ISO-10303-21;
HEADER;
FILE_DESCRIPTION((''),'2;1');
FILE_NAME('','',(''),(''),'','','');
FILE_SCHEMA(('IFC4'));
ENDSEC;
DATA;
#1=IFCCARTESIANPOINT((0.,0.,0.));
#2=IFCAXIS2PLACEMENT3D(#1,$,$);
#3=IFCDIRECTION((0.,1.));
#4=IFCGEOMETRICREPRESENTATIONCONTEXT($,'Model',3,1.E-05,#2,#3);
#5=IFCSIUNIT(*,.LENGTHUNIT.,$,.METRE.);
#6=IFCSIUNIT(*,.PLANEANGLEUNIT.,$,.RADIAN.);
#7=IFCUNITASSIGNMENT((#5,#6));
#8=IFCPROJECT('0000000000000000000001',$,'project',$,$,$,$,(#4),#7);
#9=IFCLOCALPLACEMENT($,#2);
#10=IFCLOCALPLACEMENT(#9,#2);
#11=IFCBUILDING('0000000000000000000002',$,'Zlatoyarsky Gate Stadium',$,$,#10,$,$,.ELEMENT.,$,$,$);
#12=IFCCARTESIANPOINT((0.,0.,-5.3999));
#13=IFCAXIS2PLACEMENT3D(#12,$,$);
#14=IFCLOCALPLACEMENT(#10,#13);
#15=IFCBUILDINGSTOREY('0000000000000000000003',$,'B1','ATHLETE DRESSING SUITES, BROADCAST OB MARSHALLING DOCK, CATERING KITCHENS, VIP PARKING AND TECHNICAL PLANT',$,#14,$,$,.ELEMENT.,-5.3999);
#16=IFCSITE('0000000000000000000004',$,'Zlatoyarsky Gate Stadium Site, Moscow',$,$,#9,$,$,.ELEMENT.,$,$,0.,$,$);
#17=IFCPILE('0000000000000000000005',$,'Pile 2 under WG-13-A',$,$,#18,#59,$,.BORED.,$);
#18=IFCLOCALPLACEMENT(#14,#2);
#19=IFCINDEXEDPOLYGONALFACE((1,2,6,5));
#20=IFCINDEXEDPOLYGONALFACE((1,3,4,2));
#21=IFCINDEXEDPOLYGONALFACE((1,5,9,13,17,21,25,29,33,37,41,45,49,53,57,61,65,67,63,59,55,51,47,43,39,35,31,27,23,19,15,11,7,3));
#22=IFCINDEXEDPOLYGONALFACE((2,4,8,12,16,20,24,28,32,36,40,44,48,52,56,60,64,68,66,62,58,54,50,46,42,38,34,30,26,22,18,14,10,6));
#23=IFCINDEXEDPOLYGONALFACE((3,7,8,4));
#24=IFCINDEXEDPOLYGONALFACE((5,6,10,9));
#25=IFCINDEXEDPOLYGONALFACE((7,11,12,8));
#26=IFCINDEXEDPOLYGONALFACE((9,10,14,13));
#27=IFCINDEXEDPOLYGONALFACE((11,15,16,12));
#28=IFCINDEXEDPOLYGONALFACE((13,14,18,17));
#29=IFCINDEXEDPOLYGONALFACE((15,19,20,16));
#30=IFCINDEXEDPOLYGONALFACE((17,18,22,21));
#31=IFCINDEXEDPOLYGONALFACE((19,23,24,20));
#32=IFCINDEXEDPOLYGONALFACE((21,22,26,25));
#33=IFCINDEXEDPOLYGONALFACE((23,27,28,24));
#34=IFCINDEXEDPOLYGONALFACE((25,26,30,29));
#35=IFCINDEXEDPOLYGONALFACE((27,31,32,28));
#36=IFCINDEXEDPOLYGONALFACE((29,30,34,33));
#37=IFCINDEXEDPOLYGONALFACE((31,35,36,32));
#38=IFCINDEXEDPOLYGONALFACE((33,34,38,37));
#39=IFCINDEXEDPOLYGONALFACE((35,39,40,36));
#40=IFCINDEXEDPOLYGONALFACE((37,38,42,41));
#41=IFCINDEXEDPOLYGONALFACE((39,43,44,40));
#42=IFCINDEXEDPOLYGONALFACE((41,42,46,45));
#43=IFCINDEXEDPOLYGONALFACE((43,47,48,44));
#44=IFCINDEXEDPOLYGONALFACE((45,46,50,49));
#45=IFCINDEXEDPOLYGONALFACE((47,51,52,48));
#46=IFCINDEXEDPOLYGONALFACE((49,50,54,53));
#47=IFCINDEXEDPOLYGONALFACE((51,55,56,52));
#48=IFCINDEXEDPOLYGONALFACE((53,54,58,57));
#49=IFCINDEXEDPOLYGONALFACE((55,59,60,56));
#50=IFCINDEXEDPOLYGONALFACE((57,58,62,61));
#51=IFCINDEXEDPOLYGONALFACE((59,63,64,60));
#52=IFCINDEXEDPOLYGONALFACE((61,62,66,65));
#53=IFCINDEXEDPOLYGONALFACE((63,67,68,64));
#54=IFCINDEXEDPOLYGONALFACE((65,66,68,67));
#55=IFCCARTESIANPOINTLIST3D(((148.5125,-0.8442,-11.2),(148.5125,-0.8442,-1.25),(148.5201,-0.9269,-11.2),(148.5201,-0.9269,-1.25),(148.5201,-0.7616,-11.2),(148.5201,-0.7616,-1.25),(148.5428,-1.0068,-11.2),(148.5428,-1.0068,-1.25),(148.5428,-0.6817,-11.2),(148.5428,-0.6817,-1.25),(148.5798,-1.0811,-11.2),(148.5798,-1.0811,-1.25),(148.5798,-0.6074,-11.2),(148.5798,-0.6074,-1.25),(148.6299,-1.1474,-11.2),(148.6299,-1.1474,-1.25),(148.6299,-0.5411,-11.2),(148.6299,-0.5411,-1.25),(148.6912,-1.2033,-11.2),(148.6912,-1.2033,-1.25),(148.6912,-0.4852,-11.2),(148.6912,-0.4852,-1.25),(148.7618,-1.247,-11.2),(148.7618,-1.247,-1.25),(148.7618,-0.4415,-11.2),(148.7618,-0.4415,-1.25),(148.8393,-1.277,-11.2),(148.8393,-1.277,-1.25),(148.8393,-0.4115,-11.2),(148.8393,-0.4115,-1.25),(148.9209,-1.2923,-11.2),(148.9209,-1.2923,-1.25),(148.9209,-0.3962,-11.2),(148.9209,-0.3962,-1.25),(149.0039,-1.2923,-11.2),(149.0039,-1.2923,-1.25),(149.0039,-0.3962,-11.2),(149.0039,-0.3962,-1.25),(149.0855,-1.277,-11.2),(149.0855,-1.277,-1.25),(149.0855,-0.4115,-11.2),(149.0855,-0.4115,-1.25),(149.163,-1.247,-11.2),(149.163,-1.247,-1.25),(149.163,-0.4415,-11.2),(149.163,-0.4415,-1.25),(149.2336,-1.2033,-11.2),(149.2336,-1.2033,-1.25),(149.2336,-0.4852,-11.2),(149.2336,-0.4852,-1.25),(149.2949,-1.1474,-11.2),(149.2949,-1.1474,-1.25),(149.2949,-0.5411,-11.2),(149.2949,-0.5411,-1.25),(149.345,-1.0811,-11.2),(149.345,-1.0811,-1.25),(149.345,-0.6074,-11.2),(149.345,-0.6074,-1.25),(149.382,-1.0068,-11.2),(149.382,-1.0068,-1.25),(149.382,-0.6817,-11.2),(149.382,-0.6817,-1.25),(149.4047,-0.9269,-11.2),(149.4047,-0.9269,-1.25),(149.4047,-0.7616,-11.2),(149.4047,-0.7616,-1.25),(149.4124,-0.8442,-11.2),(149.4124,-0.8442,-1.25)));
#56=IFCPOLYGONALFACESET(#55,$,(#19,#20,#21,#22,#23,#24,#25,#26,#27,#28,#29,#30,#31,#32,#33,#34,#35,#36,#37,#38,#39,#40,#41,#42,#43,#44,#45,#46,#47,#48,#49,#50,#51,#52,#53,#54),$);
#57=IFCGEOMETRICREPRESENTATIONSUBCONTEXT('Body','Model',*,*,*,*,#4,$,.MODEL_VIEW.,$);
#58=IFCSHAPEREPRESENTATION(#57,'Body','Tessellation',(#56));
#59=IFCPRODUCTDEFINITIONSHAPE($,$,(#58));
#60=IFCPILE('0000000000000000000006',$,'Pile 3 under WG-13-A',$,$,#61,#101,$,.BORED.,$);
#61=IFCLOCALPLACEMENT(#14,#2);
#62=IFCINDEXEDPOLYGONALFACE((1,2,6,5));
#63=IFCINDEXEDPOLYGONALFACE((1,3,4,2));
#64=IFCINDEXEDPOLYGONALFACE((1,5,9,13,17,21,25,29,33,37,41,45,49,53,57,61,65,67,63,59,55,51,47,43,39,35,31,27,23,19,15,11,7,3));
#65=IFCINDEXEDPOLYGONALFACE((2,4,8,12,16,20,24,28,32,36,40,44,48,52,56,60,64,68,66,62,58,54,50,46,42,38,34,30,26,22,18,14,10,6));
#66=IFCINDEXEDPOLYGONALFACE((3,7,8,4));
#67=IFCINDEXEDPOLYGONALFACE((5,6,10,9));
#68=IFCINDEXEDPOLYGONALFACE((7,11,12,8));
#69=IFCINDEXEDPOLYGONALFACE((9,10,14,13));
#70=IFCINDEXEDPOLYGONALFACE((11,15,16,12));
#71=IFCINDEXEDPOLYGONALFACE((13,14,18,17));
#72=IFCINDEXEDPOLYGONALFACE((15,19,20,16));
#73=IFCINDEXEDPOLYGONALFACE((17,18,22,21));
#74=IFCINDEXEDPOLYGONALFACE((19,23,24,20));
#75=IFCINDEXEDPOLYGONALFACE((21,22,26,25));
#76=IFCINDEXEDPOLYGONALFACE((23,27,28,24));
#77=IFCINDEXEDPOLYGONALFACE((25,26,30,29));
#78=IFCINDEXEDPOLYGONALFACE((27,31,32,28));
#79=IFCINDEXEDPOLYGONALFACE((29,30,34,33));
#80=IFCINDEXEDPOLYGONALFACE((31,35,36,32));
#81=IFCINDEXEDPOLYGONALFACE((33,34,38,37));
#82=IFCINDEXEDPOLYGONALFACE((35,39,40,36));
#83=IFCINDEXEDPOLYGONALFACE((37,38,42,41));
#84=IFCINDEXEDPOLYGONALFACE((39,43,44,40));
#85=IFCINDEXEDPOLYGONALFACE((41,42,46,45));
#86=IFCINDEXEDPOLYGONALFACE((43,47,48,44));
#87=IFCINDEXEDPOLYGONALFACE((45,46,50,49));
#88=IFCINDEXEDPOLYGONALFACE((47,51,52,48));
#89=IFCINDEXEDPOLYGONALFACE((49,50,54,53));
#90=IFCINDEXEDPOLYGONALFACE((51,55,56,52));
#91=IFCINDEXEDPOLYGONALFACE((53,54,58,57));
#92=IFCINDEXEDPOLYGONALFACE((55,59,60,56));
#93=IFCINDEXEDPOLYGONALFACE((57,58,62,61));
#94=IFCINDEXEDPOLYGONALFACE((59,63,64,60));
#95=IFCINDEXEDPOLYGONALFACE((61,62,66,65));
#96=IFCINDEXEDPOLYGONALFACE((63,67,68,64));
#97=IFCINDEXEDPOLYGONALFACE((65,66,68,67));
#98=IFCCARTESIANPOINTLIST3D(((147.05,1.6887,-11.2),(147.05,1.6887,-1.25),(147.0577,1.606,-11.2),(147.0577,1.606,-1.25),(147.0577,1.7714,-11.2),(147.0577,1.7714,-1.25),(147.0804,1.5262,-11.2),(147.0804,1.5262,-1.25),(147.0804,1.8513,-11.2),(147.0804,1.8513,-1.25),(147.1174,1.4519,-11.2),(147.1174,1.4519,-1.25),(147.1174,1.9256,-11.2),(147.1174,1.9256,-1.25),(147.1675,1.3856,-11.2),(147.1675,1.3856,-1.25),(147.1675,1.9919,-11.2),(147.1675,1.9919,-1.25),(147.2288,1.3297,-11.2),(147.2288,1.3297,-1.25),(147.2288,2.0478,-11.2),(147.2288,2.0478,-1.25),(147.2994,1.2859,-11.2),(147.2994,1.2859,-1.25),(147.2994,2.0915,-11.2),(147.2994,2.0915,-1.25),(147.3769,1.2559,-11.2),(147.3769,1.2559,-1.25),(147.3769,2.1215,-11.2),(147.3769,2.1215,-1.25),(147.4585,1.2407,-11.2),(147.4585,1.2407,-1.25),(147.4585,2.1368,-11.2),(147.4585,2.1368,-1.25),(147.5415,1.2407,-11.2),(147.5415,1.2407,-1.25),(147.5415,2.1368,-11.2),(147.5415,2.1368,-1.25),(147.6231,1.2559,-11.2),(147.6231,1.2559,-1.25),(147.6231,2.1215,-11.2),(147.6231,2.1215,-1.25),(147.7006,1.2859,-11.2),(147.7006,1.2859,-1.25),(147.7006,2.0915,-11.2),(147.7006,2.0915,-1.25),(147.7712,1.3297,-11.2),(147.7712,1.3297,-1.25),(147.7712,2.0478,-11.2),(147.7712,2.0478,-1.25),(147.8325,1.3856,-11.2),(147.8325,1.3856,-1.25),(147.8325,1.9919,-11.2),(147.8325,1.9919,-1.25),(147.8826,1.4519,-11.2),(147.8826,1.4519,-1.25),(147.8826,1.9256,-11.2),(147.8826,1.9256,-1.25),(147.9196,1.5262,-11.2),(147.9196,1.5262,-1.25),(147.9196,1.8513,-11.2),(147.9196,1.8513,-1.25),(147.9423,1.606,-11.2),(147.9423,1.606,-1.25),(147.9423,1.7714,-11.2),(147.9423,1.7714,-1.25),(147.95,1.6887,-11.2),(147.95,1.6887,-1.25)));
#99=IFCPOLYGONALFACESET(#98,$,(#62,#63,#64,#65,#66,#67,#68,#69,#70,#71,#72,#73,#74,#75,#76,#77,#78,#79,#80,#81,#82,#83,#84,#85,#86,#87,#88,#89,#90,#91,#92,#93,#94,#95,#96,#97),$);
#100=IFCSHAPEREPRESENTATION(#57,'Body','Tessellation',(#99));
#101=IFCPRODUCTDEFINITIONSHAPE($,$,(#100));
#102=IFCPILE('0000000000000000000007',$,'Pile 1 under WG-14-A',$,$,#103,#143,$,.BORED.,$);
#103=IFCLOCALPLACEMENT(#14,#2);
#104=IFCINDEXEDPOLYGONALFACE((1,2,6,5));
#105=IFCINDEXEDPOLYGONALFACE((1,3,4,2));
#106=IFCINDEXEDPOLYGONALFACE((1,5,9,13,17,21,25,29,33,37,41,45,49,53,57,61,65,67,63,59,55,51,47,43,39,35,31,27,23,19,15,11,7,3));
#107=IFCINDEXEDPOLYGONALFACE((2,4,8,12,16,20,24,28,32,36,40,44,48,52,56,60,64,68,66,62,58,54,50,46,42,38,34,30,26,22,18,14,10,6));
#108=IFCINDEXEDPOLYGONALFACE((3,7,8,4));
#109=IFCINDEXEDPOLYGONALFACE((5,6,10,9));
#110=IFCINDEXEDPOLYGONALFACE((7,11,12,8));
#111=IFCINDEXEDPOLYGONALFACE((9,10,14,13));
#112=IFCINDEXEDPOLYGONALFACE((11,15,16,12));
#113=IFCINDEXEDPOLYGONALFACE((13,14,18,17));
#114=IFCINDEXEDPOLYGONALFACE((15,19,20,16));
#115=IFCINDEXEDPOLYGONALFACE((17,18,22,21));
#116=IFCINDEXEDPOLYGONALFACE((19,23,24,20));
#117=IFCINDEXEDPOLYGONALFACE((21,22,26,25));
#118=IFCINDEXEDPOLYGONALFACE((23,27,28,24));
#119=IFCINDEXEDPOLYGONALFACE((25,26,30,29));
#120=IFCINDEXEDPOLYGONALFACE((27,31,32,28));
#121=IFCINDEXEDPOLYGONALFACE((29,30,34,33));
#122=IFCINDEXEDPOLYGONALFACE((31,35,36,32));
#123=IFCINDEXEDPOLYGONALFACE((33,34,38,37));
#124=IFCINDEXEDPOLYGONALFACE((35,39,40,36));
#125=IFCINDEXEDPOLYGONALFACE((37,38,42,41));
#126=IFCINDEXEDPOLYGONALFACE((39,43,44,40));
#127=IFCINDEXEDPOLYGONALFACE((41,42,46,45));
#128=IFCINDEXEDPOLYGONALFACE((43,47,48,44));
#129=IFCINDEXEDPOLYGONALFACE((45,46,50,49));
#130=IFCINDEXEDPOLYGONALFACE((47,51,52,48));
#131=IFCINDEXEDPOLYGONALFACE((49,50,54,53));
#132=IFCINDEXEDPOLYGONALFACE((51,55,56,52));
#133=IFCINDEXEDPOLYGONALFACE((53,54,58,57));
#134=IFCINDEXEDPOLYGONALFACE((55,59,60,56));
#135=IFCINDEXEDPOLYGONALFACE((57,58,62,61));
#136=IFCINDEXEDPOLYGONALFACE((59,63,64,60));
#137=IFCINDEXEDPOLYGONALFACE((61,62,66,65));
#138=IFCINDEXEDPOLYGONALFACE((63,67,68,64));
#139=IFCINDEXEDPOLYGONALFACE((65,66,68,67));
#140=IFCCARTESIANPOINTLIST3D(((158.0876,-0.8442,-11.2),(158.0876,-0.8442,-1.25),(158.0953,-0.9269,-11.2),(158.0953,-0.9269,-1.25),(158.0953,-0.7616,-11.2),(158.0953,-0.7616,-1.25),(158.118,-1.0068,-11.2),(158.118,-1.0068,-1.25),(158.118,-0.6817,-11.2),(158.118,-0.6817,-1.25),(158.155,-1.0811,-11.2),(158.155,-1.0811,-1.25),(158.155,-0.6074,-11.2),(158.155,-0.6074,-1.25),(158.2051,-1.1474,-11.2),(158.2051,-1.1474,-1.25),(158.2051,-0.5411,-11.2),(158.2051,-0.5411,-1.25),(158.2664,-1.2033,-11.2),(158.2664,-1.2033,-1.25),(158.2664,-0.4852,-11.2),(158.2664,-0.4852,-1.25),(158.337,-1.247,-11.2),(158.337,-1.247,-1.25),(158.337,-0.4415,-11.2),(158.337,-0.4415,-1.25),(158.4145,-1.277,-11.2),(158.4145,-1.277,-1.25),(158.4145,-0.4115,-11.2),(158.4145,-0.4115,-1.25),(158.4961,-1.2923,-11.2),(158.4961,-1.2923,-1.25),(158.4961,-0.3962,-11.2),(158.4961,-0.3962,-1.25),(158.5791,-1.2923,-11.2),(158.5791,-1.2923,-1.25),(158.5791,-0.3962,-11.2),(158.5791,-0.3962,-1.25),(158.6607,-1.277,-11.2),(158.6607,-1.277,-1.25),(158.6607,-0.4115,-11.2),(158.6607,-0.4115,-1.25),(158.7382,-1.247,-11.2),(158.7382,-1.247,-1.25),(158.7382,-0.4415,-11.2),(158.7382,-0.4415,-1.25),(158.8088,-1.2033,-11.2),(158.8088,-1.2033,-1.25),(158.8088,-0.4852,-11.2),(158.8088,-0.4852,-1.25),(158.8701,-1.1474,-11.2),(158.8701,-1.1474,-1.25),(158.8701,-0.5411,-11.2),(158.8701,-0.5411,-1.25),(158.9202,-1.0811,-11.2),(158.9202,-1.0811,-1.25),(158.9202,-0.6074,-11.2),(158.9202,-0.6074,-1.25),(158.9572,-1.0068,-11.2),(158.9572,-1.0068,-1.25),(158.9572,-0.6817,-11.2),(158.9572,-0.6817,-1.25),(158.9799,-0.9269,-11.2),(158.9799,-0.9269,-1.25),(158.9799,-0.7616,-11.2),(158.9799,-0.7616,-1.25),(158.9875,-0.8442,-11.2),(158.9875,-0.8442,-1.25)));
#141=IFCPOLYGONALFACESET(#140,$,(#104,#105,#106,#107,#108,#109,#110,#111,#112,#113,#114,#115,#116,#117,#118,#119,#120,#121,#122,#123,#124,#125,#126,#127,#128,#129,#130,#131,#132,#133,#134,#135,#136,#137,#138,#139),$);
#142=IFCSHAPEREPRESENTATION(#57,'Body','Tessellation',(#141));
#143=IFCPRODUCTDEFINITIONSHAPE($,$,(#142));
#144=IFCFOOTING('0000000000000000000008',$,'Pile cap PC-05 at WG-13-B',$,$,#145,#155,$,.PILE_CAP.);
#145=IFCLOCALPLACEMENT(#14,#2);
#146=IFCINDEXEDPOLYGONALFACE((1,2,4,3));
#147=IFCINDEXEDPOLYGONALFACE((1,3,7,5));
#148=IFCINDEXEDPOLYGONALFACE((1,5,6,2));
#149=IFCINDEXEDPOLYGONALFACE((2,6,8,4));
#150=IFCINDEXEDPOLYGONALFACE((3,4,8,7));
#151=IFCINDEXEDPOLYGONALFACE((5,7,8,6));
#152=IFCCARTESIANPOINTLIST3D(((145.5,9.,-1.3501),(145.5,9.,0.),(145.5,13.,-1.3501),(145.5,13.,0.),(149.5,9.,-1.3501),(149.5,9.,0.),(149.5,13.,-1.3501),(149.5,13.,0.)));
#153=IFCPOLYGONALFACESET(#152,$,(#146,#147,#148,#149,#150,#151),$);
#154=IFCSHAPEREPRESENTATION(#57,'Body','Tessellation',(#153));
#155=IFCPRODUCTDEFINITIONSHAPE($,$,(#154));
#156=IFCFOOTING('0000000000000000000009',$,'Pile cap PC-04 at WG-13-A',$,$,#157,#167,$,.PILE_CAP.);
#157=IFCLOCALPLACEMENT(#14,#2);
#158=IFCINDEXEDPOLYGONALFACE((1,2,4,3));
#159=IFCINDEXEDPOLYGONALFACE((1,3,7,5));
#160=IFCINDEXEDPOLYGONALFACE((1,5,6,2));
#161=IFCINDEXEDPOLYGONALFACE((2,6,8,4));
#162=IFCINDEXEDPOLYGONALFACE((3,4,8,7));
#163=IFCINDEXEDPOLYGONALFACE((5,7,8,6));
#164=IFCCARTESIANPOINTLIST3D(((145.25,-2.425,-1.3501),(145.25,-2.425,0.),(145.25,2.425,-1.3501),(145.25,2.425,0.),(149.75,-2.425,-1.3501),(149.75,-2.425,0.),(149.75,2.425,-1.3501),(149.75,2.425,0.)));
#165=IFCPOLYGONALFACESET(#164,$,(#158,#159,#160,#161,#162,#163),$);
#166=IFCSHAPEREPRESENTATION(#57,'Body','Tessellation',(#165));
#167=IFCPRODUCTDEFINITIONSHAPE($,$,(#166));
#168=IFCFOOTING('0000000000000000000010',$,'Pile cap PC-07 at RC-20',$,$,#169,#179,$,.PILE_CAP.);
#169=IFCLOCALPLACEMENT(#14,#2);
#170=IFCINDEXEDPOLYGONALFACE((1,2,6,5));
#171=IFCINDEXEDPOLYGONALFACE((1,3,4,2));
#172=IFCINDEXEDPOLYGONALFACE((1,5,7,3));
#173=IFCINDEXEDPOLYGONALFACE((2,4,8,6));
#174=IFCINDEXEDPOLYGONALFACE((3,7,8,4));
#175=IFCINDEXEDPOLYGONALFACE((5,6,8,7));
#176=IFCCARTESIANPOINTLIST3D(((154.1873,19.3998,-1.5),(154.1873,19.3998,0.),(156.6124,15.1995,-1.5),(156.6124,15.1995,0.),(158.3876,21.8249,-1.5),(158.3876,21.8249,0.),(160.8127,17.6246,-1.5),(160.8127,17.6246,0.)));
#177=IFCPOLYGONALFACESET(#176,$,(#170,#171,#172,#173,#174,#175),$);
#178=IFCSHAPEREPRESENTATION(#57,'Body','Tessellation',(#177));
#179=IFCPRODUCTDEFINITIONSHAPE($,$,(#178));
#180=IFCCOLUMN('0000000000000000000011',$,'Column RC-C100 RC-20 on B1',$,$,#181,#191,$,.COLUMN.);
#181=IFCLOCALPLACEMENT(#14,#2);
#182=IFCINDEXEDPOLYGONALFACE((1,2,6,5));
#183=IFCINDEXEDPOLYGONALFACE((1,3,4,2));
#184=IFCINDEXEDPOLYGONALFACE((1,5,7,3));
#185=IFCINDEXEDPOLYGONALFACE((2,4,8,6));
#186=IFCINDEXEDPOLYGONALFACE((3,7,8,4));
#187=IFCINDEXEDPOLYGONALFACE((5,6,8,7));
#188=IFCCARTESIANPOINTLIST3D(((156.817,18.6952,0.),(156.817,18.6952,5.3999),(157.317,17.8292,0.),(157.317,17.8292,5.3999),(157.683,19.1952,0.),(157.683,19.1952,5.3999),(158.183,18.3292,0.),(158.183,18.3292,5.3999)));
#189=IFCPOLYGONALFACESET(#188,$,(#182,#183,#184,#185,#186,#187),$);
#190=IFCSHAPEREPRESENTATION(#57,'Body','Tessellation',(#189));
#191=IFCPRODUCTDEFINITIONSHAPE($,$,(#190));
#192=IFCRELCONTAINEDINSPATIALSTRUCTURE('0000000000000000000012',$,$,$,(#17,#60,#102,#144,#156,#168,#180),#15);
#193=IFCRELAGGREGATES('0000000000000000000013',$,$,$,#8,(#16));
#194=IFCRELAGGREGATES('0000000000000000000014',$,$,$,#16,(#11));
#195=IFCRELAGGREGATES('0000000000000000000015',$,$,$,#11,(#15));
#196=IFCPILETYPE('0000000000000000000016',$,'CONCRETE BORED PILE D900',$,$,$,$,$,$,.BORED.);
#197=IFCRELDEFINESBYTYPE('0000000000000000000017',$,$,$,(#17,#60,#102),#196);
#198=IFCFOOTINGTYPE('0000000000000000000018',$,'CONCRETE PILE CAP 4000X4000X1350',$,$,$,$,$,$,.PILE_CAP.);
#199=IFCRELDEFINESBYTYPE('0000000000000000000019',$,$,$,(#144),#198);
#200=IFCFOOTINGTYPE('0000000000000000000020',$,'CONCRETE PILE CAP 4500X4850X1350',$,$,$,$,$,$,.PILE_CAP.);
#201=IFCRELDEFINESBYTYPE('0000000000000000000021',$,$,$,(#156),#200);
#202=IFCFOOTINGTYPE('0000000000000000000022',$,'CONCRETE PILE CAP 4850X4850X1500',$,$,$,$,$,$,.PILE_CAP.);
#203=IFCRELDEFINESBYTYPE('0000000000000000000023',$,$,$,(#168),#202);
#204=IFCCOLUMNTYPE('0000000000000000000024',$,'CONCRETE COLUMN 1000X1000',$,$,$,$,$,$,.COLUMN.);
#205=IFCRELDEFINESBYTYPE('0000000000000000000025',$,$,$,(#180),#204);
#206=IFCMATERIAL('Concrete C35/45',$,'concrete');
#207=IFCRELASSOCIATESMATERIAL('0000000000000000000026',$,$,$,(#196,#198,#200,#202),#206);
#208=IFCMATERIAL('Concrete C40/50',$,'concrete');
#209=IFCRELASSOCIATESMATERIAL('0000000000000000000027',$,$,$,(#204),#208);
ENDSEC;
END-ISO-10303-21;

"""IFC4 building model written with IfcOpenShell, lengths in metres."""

from ifc_helpers import new_model, si_unit, direction, frame, origin, origin_2d, place, context, subcontext, project, spatial, rectangle, circle, extrude, material, material_profile, profile_set, type_object, element, save


model = new_model("IFC4")

# Units and contexts
model_context = context("Model", 3, precision=1e-05, world=origin(), true_north=direction((0.0, 1.0)))
body_context = subcontext(model_context, "Body", "Model", "MODEL_VIEW")
ifc_project = project(units=[si_unit("LENGTHUNIT", "METRE"), si_unit("PLANEANGLEUNIT", "RADIAN")], contexts=[model_context])

# Site, building, storey
site_placement = place(None, origin())
site = spatial("IfcSite", under=ifc_project, at=site_placement, Name="Zlatoyarsky Gate Stadium Site, Moscow", CompositionType="ELEMENT", RefElevation=0.0)
building_placement = place(site_placement, origin())
building = spatial("IfcBuilding", under=site, at=building_placement, Name="Zlatoyarsky Gate Stadium", CompositionType="ELEMENT")
storey_placement = place(building_placement, frame((0.0, 0.0, -5.3999)))
storey = spatial("IfcBuildingStorey", under=building, at=storey_placement, Name="B1", Description="ATHLETE DRESSING SUITES, BROADCAST OB MARSHALLING DOCK, CATERING KITCHENS, VIP PARKING AND TECHNICAL PLANT", CompositionType="ELEMENT", Elevation=-5.3999)

# Piles
ifc_material_1 = material(Name="Concrete C35/45", Category="concrete")
ifc_material_profile_1 = material_profile(ifc_material_1, circle(Radius=0.45, at=origin_2d()), Name="BORED PILE D900")
ifc_profile_set_1 = profile_set([ifc_material_profile_1], Name="Concrete C35/45")
pile_type_1 = type_object("IfcPileType", Name="CONCRETE BORED PILE D900", PredefinedType="BORED", material=ifc_profile_set_1)
for number, where, z_axis, x_axis, name in (
    (1, (148.9624, -0.8442, -1.25), (0.0, 0.0, -1.0), (1.0, 0.0, 0.0), "Pile 2 under WG-13-A"),
    (2, (147.5, 1.6887, -1.25), (0.0, 0.0, -1.0), (1.0, 0.0, 0.0), "Pile 3 under WG-13-A"),
    (3, (158.5376, -0.8442, -1.25), (0.0, 0.0, -1.0), (1.0, 0.0, 0.0), "Pile 1 under WG-14-A"),
):
    element("IfcPile", number, at=place(storey_placement, frame(where, z_axis=z_axis, x_axis=x_axis)), inside=storey, type_object=pile_type_1, Name=name, PredefinedType="BORED", context=body_context, shape_type="SweptSolid", body=[
        extrude(circle(Radius=0.45, at=origin_2d()), origin(), (0.0, 0.0, 1.0), 9.95),
    ])

# Footings
footing_type_1 = type_object("IfcFootingType", Name="CONCRETE PILE CAP 4000X4000X1350", PredefinedType="PILE_CAP", material=ifc_material_1)
footing_1_placement = place(storey_placement, frame((147.5, 11.0, -1.3501), z_axis=(0.0, 0.0, 1.0), x_axis=(1.0, 0.0, 0.0)))
element("IfcFooting", 4, at=footing_1_placement, inside=storey, type_object=footing_type_1, Name="Pile cap PC-05 at WG-13-B", PredefinedType="PILE_CAP", context=body_context, shape_type="SweptSolid", body=[
    extrude(rectangle(XDim=4.0, YDim=4.0, at=origin_2d()), origin(), (0.0, 0.0, 1.0), 1.3501),
])
footing_type_2 = type_object("IfcFootingType", Name="CONCRETE PILE CAP 4500X4850X1350", PredefinedType="PILE_CAP", material=ifc_material_1)
footing_2_placement = place(storey_placement, frame((147.5, 0.0, -1.3501), z_axis=(0.0, 0.0, 1.0), x_axis=(1.0, 0.0, 0.0)))
element("IfcFooting", 5, at=footing_2_placement, inside=storey, type_object=footing_type_2, Name="Pile cap PC-04 at WG-13-A", PredefinedType="PILE_CAP", context=body_context, shape_type="SweptSolid", body=[
    extrude(rectangle(XDim=4.5, YDim=4.8501, at=origin_2d()), origin(), (0.0, 0.0, 1.0), 1.3501),
])
footing_type_3 = type_object("IfcFootingType", Name="CONCRETE PILE CAP 4850X4850X1500", PredefinedType="PILE_CAP", material=ifc_material_1)
footing_3_placement = place(storey_placement, frame((157.5, 18.5122, -1.5), z_axis=(0.0, 0.0, 1.0), x_axis=(0.5, -0.866025, 0.0)))
element("IfcFooting", 6, at=footing_3_placement, inside=storey, type_object=footing_type_3, Name="Pile cap PC-07 at RC-20", PredefinedType="PILE_CAP", context=body_context, shape_type="SweptSolid", body=[
    extrude(rectangle(XDim=4.8501, YDim=4.8501, at=origin_2d()), origin(), (0.0, 0.0, 1.0), 1.5),
])

# Column
ifc_material_2 = material(Name="Concrete C40/50", Category="concrete")
ifc_material_profile_2 = material_profile(ifc_material_2, rectangle(XDim=1.0, YDim=1.0, at=origin_2d()), Name="RC COL 1000X1000")
ifc_profile_set_2 = profile_set([ifc_material_profile_2], Name="Concrete C40/50")
column_type_1 = type_object("IfcColumnType", Name="CONCRETE COLUMN 1000X1000", PredefinedType="COLUMN", material=ifc_profile_set_2)
column_placement = place(storey_placement, frame((157.5, 18.5122, 0.0), z_axis=(0.0, 0.0, 1.0), x_axis=(0.5, -0.866025, 0.0)))
element("IfcColumn", 7, at=column_placement, inside=storey, type_object=column_type_1, Name="Column RC-C100 RC-20 on B1", PredefinedType="COLUMN", context=body_context, shape_type="SweptSolid", body=[
    extrude(rectangle(XDim=1.0, YDim=1.0, at=origin_2d()), origin(), (0.0, 0.0, 1.0), 5.3999),
])

save(model, "model.ifc")
